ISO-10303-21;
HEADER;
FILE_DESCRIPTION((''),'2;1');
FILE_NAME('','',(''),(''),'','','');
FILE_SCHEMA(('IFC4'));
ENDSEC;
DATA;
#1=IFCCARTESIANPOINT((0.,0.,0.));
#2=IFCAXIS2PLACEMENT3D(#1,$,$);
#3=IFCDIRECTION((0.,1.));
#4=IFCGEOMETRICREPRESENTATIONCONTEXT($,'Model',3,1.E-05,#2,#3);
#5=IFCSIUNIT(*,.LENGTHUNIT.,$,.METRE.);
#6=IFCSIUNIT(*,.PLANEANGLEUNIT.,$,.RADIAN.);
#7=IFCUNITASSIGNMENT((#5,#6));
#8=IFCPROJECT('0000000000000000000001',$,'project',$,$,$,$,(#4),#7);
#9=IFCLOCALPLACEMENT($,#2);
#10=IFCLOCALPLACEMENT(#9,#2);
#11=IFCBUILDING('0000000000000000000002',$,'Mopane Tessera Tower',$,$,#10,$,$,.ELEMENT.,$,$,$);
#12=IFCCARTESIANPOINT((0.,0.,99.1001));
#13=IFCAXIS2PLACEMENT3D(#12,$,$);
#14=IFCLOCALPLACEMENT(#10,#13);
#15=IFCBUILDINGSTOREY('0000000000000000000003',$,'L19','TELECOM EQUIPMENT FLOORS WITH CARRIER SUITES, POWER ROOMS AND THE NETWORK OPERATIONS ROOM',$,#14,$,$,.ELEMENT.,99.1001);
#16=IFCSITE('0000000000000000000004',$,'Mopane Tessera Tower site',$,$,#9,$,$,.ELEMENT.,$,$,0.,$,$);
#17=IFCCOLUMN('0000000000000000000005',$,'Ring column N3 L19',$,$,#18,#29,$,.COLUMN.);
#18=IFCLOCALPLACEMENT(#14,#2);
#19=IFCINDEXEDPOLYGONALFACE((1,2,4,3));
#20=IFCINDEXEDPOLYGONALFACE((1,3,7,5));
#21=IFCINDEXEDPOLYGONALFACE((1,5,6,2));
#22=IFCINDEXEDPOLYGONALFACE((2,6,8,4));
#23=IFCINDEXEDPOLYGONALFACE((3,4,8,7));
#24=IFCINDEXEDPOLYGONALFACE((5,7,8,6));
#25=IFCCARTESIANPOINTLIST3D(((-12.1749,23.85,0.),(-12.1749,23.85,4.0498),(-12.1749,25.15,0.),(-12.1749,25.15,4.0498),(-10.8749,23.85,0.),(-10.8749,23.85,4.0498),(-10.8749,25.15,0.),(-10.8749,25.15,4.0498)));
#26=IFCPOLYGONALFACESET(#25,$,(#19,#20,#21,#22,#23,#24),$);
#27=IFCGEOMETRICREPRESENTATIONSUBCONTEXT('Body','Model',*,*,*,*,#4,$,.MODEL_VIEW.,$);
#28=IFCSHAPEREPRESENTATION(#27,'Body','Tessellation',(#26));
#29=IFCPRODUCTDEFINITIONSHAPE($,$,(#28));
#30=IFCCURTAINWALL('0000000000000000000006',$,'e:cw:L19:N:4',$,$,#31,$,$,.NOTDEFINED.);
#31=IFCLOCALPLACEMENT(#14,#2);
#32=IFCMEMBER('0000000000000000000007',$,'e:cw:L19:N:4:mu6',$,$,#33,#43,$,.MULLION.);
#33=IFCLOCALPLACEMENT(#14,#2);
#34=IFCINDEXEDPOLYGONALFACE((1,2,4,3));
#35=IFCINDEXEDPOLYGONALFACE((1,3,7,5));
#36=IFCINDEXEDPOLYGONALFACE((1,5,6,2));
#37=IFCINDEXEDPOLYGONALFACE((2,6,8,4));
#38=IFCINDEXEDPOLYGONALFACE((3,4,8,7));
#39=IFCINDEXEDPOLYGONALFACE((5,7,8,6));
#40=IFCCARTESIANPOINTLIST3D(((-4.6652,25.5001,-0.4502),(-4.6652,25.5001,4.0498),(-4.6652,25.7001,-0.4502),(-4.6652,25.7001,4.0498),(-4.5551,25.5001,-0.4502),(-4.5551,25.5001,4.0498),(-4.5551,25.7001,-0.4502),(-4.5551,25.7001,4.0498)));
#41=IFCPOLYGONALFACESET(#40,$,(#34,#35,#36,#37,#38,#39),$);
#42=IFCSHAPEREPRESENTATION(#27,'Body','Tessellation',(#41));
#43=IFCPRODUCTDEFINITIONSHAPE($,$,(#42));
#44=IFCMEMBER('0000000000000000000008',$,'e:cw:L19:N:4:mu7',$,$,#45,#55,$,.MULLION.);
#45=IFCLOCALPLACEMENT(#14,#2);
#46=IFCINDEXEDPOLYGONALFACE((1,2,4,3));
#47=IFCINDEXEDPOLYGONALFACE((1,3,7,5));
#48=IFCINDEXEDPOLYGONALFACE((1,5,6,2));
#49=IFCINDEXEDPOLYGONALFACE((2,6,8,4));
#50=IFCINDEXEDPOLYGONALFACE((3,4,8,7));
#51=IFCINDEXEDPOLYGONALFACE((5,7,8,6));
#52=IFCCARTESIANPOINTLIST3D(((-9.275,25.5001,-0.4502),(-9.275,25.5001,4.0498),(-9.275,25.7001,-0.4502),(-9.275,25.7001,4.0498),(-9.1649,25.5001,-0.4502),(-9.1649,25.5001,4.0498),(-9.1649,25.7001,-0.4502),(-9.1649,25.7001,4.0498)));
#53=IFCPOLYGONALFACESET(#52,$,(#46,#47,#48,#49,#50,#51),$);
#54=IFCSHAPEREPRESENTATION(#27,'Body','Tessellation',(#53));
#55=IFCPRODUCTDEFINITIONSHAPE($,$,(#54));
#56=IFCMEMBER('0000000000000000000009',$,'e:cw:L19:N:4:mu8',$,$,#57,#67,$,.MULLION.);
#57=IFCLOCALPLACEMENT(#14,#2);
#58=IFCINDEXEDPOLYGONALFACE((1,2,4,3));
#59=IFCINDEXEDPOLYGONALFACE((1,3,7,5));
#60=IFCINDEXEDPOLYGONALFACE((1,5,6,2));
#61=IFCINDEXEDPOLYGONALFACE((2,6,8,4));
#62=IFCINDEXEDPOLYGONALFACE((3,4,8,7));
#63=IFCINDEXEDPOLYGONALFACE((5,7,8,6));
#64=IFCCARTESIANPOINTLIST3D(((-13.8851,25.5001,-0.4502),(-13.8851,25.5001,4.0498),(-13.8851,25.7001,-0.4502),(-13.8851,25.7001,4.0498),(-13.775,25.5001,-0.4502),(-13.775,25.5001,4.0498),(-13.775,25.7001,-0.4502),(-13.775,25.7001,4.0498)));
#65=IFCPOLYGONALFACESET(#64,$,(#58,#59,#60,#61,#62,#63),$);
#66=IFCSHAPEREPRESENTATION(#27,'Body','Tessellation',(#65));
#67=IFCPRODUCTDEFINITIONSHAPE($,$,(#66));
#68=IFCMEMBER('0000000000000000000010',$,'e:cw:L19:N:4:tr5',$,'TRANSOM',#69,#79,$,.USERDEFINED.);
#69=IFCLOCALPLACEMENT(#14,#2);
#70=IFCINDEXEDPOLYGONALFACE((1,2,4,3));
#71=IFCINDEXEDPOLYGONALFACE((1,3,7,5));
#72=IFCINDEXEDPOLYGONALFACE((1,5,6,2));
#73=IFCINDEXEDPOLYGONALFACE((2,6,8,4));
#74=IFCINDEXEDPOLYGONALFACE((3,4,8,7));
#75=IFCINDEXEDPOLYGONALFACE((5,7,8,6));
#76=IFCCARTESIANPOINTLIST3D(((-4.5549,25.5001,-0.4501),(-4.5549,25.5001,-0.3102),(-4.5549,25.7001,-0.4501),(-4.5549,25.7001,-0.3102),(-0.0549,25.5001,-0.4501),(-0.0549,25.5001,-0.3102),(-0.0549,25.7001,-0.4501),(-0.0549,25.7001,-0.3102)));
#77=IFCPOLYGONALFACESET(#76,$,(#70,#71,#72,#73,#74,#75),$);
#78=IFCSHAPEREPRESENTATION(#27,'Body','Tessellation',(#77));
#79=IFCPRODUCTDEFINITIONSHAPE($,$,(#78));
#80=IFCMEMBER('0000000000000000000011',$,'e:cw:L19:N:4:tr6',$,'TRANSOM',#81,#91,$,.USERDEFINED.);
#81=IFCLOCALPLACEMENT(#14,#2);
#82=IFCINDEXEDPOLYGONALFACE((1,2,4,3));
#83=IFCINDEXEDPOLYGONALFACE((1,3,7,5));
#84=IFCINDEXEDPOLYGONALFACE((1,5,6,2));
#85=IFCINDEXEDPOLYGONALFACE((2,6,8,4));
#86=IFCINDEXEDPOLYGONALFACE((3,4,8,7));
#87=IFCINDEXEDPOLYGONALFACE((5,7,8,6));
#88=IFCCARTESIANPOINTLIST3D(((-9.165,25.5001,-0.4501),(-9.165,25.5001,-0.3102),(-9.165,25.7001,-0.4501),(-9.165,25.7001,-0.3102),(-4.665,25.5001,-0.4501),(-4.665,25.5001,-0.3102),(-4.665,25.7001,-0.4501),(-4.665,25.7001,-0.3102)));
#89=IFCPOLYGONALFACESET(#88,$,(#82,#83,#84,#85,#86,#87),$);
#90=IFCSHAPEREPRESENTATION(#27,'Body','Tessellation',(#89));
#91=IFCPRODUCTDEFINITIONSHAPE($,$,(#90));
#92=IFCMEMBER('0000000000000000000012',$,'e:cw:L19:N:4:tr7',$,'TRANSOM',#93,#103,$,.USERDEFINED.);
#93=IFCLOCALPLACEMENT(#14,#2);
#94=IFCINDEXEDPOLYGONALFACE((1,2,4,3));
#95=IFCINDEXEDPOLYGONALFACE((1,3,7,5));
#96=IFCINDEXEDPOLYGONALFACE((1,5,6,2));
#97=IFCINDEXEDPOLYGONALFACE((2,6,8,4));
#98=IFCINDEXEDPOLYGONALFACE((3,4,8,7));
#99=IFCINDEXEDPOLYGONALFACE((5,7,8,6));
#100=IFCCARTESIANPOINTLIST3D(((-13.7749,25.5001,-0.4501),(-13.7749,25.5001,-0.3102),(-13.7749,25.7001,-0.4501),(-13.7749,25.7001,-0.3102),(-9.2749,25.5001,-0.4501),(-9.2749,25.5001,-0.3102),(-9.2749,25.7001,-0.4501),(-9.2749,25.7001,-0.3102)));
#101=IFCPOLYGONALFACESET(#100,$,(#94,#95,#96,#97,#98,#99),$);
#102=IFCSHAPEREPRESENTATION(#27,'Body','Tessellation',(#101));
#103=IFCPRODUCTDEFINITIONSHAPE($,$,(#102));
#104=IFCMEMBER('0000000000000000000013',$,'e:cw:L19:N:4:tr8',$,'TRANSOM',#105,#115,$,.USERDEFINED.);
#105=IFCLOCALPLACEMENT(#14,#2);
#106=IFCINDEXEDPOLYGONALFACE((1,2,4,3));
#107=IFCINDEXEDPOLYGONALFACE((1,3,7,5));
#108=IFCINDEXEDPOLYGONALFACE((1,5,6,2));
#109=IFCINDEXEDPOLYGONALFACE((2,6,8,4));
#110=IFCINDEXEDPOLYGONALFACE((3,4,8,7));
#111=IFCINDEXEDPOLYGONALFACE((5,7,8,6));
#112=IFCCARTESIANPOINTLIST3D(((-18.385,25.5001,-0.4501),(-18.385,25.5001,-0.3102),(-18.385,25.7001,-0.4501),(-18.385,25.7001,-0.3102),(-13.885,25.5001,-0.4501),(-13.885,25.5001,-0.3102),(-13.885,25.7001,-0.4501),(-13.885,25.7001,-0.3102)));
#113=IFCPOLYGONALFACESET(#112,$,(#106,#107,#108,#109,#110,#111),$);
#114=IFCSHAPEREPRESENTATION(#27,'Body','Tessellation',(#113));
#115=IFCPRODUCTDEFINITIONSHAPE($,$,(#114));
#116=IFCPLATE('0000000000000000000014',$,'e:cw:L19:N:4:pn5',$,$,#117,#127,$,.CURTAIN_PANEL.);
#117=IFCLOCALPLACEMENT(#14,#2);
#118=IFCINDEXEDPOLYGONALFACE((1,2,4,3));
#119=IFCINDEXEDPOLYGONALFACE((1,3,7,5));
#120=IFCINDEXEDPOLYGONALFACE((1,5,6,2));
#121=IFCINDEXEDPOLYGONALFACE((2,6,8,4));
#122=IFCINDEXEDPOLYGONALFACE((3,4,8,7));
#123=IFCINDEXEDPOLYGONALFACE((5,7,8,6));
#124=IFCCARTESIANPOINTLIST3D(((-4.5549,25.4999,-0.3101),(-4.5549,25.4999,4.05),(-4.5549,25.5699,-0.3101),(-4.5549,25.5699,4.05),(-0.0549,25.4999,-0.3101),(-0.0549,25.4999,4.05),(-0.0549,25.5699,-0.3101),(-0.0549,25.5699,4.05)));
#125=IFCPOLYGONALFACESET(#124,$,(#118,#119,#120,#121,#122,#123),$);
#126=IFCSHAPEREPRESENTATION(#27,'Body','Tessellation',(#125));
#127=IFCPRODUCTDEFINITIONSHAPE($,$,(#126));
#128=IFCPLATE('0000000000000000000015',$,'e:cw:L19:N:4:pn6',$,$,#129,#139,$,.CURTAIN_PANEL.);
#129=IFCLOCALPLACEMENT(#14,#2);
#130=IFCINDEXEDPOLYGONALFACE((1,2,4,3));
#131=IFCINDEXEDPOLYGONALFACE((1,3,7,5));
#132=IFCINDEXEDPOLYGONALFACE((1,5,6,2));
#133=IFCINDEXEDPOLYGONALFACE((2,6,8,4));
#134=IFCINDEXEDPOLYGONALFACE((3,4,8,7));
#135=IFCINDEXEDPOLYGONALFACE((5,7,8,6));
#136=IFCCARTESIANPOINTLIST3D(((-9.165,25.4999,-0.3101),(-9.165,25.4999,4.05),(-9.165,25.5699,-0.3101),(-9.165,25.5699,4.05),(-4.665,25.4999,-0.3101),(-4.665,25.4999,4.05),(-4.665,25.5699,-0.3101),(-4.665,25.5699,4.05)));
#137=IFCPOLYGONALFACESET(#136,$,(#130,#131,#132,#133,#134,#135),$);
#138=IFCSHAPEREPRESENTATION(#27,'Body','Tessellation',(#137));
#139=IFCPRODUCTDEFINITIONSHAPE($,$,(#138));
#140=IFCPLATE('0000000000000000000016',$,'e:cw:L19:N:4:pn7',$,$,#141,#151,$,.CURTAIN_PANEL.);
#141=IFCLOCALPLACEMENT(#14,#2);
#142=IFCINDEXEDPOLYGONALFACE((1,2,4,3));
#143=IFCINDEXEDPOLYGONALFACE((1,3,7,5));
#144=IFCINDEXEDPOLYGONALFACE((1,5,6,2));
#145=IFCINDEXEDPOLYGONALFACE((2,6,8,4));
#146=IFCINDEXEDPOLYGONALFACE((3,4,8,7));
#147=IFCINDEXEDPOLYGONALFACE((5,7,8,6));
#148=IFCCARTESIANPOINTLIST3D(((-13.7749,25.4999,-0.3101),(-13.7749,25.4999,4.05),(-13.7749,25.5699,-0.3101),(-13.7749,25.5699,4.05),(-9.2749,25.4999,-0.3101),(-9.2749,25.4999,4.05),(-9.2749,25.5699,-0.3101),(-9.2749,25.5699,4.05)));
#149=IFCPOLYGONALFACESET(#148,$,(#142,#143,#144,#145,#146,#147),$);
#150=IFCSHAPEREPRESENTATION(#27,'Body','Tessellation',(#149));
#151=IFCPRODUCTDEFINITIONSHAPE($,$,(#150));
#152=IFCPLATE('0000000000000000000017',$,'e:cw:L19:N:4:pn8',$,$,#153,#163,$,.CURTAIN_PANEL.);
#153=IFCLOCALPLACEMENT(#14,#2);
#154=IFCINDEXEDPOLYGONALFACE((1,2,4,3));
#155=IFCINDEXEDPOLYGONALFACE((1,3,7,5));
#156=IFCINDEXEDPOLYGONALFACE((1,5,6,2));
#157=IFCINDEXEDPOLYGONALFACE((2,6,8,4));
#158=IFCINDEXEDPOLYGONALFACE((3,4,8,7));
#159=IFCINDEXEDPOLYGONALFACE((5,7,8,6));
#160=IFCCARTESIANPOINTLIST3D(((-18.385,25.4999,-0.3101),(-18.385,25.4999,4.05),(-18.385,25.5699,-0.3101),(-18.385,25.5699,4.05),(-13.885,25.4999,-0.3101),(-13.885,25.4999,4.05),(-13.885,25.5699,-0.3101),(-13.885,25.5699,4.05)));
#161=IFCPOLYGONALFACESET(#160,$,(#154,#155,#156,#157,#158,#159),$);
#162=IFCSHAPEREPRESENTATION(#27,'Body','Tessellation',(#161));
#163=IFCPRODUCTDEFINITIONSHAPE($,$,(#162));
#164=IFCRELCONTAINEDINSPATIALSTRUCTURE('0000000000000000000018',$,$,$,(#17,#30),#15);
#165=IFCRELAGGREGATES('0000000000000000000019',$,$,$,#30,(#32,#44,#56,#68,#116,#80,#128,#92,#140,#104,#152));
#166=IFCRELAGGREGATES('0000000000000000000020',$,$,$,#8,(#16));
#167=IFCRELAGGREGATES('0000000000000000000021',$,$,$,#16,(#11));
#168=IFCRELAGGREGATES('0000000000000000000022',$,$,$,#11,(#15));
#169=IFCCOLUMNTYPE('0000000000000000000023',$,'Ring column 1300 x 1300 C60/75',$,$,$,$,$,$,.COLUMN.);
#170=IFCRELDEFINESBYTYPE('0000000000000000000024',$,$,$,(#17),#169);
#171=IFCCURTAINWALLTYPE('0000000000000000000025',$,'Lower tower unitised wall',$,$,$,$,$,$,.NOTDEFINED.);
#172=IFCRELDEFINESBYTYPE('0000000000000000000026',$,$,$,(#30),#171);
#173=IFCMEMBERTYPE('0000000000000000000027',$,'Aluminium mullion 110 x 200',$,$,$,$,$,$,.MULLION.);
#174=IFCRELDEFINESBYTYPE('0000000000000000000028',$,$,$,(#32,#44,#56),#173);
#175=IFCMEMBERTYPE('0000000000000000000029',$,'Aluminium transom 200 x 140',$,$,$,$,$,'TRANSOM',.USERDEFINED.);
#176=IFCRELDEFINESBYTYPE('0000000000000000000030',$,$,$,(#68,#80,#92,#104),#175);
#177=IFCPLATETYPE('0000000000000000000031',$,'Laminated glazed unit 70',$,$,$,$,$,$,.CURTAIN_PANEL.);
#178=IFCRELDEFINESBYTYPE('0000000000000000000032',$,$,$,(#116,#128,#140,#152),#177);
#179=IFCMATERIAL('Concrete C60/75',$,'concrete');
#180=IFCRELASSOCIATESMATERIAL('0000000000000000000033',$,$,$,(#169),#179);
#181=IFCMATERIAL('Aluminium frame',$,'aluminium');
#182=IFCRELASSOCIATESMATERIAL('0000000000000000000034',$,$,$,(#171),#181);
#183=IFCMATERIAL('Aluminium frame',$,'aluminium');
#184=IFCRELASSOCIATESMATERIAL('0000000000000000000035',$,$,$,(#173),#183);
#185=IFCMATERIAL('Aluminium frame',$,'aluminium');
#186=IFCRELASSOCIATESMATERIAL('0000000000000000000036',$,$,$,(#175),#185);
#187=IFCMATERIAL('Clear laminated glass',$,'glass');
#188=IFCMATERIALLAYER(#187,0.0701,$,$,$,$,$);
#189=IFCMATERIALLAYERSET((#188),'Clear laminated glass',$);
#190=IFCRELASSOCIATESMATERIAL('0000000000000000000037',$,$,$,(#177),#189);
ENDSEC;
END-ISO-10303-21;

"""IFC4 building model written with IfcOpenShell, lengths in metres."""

from ifc_helpers import new_model, si_unit, direction, frame, origin, origin_2d, place, context, subcontext, project, spatial, rectangle, extrude, material, layer, layer_set, material_profile, profile_set, type_object, element, aggregate, save


model = new_model("IFC4")

# Units and contexts
model_context = context("Model", 3, precision=1e-05, world=origin(), true_north=direction((0.0, 1.0)))
body_context = subcontext(model_context, "Body", "Model", "MODEL_VIEW")
ifc_project = project(units=[si_unit("LENGTHUNIT", "METRE"), si_unit("PLANEANGLEUNIT", "RADIAN")], contexts=[model_context])

# Site, building, storey
site_placement = place(None, origin())
site = spatial("IfcSite", under=ifc_project, at=site_placement, Name="Mopane Tessera Tower site", CompositionType="ELEMENT", RefElevation=0.0)
building_placement = place(site_placement, origin())
building = spatial("IfcBuilding", under=site, at=building_placement, Name="Mopane Tessera Tower", CompositionType="ELEMENT")
storey_placement = place(building_placement, frame((0.0, 0.0, 99.1001)))
storey = spatial("IfcBuildingStorey", under=building, at=storey_placement, Name="L19", Description="TELECOM EQUIPMENT FLOORS WITH CARRIER SUITES, POWER ROOMS AND THE NETWORK OPERATIONS ROOM", CompositionType="ELEMENT", Elevation=99.1001)

# Column
ifc_material_1 = material(Name="Concrete C60/75", Category="concrete")
ifc_material_profile_1 = material_profile(ifc_material_1, rectangle(XDim=1.3, YDim=1.3, at=origin_2d()))
ifc_profile_set_1 = profile_set([ifc_material_profile_1], Name="Concrete C60/75")
column_type = type_object("IfcColumnType", Name="Ring column 1300 x 1300 C60/75", PredefinedType="COLUMN", material=ifc_profile_set_1)
column_placement = place(storey_placement, frame((-11.5249, 24.5, 0.0), z_axis=(0.0, 0.0, 1.0), x_axis=(1.0, 0.0, 0.0)))
element("IfcColumn", 1, at=column_placement, inside=storey, type_object=column_type, Name="Ring column N3 L19", PredefinedType="COLUMN", context=body_context, shape_type="SweptSolid", body=[
    extrude(rectangle(XDim=1.3, YDim=1.3, at=origin_2d()), origin(), (0.0, 0.0, 1.0), 4.0498),
])

# Curtain wall, members, plates
ifc_material_2 = material(Name="Aluminium frame", Category="aluminium")
curtain_wall_type = type_object("IfcCurtainWallType", Name="Lower tower unitised wall", PredefinedType="NOTDEFINED", material=ifc_material_2)
curtain_wall_placement = place(storey_placement, origin())
curtain_wall = element("IfcCurtainWall", 2, at=curtain_wall_placement, inside=storey, type_object=curtain_wall_type, Name="e:cw:L19:N:4", PredefinedType="NOTDEFINED")
ifc_material_3 = material(Name="Aluminium frame", Category="aluminium")
ifc_material_profile_2 = material_profile(ifc_material_3, rectangle(XDim=0.1101, YDim=0.2, at=origin_2d()))
ifc_profile_set_2 = profile_set([ifc_material_profile_2], Name="Aluminium frame")
member_type_1 = type_object("IfcMemberType", Name="Aluminium mullion 110 x 200", PredefinedType="MULLION", material=ifc_profile_set_2)
member_1_placement = place(storey_placement, frame((-4.6101, 25.6001, -0.4502), z_axis=(0.0, 0.0, 1.0), x_axis=(-1.0, 0.0, 0.0)))
member_1 = element("IfcMember", 3, at=member_1_placement, type_object=member_type_1, Name="e:cw:L19:N:4:mu6", PredefinedType="MULLION", context=body_context, shape_type="SweptSolid", body=[
    extrude(rectangle(XDim=0.1101, YDim=0.2, at=origin_2d()), origin(), (0.0, 0.0, 1.0), 4.5),
])
member_2_placement = place(storey_placement, frame((-9.22, 25.6001, -0.4502), z_axis=(0.0, 0.0, 1.0), x_axis=(-1.0, 0.0, 0.0)))
member_2 = element("IfcMember", 4, at=member_2_placement, type_object=member_type_1, Name="e:cw:L19:N:4:mu7", PredefinedType="MULLION", context=body_context, shape_type="SweptSolid", body=[
    extrude(rectangle(XDim=0.1101, YDim=0.2, at=origin_2d()), origin(), (0.0, 0.0, 1.0), 4.5),
])
member_3_placement = place(storey_placement, frame((-13.8301, 25.6001, -0.4502), z_axis=(0.0, 0.0, 1.0), x_axis=(-1.0, 0.0, 0.0)))
member_3 = element("IfcMember", 5, at=member_3_placement, type_object=member_type_1, Name="e:cw:L19:N:4:mu8", PredefinedType="MULLION", context=body_context, shape_type="SweptSolid", body=[
    extrude(rectangle(XDim=0.1101, YDim=0.2, at=origin_2d()), origin(), (0.0, 0.0, 1.0), 4.5),
])
ifc_material_4 = material(Name="Aluminium frame", Category="aluminium")
ifc_material_profile_3 = material_profile(ifc_material_4, rectangle(XDim=0.2, YDim=0.1399, at=origin_2d()))
ifc_profile_set_3 = profile_set([ifc_material_profile_3], Name="Aluminium frame")
member_type_2 = type_object("IfcMemberType", Name="Aluminium transom 200 x 140", ElementType="TRANSOM", PredefinedType="USERDEFINED", material=ifc_profile_set_3)
member_4_placement = place(storey_placement, frame((-0.0549, 25.6001, -0.3801), z_axis=(-1.0, 0.0, 0.0), x_axis=(0.0, -1.0, 0.0)))
member_4 = element("IfcMember", 6, at=member_4_placement, type_object=member_type_2, Name="e:cw:L19:N:4:tr5", ObjectType="TRANSOM", PredefinedType="USERDEFINED", context=body_context, shape_type="SweptSolid", body=[
    extrude(rectangle(XDim=0.2, YDim=0.1399, at=origin_2d()), origin(), (0.0, 0.0, 1.0), 4.5),
])
member_5_placement = place(storey_placement, frame((-4.665, 25.6001, -0.3801), z_axis=(-1.0, 0.0, 0.0), x_axis=(0.0, -1.0, 0.0)))
member_5 = element("IfcMember", 7, at=member_5_placement, type_object=member_type_2, Name="e:cw:L19:N:4:tr6", ObjectType="TRANSOM", PredefinedType="USERDEFINED", context=body_context, shape_type="SweptSolid", body=[
    extrude(rectangle(XDim=0.2, YDim=0.1399, at=origin_2d()), origin(), (0.0, 0.0, 1.0), 4.5),
])
member_6_placement = place(storey_placement, frame((-9.2749, 25.6001, -0.3801), z_axis=(-1.0, 0.0, 0.0), x_axis=(0.0, -1.0, 0.0)))
member_6 = element("IfcMember", 8, at=member_6_placement, type_object=member_type_2, Name="e:cw:L19:N:4:tr7", ObjectType="TRANSOM", PredefinedType="USERDEFINED", context=body_context, shape_type="SweptSolid", body=[
    extrude(rectangle(XDim=0.2, YDim=0.1399, at=origin_2d()), origin(), (0.0, 0.0, 1.0), 4.5),
])
member_7_placement = place(storey_placement, frame((-13.885, 25.6001, -0.3801), z_axis=(-1.0, 0.0, 0.0), x_axis=(0.0, -1.0, 0.0)))
member_7 = element("IfcMember", 9, at=member_7_placement, type_object=member_type_2, Name="e:cw:L19:N:4:tr8", ObjectType="TRANSOM", PredefinedType="USERDEFINED", context=body_context, shape_type="SweptSolid", body=[
    extrude(rectangle(XDim=0.2, YDim=0.1399, at=origin_2d()), origin(), (0.0, 0.0, 1.0), 4.5),
])
ifc_material_5 = material(Name="Clear laminated glass", Category="glass")
ifc_layer_1 = layer(ifc_material_5, 0.0701)
ifc_layer_set_1 = layer_set([ifc_layer_1], Name="Clear laminated glass")
plate_type = type_object("IfcPlateType", Name="Laminated glazed unit 70", PredefinedType="CURTAIN_PANEL", material=ifc_layer_set_1)
plate_1_placement = place(storey_placement, frame((-2.3049, 25.5349, -0.3101), z_axis=(0.0, 0.0, 1.0), x_axis=(-1.0, 0.0, 0.0)))
plate_1 = element("IfcPlate", 10, at=plate_1_placement, type_object=plate_type, Name="e:cw:L19:N:4:pn5", PredefinedType="CURTAIN_PANEL", context=body_context, shape_type="SweptSolid", body=[
    extrude(rectangle(XDim=4.5, YDim=0.0701, at=origin_2d()), origin(), (0.0, 0.0, 1.0), 4.3601),
])
plate_2_placement = place(storey_placement, frame((-6.915, 25.5349, -0.3101), z_axis=(0.0, 0.0, 1.0), x_axis=(-1.0, 0.0, 0.0)))
plate_2 = element("IfcPlate", 11, at=plate_2_placement, type_object=plate_type, Name="e:cw:L19:N:4:pn6", PredefinedType="CURTAIN_PANEL", context=body_context, shape_type="SweptSolid", body=[
    extrude(rectangle(XDim=4.5, YDim=0.0701, at=origin_2d()), origin(), (0.0, 0.0, 1.0), 4.3601),
])
plate_3_placement = place(storey_placement, frame((-11.5249, 25.5349, -0.3101), z_axis=(0.0, 0.0, 1.0), x_axis=(-1.0, 0.0, 0.0)))
plate_3 = element("IfcPlate", 12, at=plate_3_placement, type_object=plate_type, Name="e:cw:L19:N:4:pn7", PredefinedType="CURTAIN_PANEL", context=body_context, shape_type="SweptSolid", body=[
    extrude(rectangle(XDim=4.5, YDim=0.0701, at=origin_2d()), origin(), (0.0, 0.0, 1.0), 4.3601),
])
plate_4_placement = place(storey_placement, frame((-16.135, 25.5349, -0.3101), z_axis=(0.0, 0.0, 1.0), x_axis=(-1.0, 0.0, 0.0)))
plate_4 = element("IfcPlate", 13, at=plate_4_placement, type_object=plate_type, Name="e:cw:L19:N:4:pn8", PredefinedType="CURTAIN_PANEL", context=body_context, shape_type="SweptSolid", body=[
    extrude(rectangle(XDim=4.5, YDim=0.0701, at=origin_2d()), origin(), (0.0, 0.0, 1.0), 4.3601),
])
aggregate(curtain_wall, [member_1, member_2, member_3, member_4, plate_1, member_5, plate_2, member_6, plate_3, member_7, plate_4])

save(model, "model.ifc")
